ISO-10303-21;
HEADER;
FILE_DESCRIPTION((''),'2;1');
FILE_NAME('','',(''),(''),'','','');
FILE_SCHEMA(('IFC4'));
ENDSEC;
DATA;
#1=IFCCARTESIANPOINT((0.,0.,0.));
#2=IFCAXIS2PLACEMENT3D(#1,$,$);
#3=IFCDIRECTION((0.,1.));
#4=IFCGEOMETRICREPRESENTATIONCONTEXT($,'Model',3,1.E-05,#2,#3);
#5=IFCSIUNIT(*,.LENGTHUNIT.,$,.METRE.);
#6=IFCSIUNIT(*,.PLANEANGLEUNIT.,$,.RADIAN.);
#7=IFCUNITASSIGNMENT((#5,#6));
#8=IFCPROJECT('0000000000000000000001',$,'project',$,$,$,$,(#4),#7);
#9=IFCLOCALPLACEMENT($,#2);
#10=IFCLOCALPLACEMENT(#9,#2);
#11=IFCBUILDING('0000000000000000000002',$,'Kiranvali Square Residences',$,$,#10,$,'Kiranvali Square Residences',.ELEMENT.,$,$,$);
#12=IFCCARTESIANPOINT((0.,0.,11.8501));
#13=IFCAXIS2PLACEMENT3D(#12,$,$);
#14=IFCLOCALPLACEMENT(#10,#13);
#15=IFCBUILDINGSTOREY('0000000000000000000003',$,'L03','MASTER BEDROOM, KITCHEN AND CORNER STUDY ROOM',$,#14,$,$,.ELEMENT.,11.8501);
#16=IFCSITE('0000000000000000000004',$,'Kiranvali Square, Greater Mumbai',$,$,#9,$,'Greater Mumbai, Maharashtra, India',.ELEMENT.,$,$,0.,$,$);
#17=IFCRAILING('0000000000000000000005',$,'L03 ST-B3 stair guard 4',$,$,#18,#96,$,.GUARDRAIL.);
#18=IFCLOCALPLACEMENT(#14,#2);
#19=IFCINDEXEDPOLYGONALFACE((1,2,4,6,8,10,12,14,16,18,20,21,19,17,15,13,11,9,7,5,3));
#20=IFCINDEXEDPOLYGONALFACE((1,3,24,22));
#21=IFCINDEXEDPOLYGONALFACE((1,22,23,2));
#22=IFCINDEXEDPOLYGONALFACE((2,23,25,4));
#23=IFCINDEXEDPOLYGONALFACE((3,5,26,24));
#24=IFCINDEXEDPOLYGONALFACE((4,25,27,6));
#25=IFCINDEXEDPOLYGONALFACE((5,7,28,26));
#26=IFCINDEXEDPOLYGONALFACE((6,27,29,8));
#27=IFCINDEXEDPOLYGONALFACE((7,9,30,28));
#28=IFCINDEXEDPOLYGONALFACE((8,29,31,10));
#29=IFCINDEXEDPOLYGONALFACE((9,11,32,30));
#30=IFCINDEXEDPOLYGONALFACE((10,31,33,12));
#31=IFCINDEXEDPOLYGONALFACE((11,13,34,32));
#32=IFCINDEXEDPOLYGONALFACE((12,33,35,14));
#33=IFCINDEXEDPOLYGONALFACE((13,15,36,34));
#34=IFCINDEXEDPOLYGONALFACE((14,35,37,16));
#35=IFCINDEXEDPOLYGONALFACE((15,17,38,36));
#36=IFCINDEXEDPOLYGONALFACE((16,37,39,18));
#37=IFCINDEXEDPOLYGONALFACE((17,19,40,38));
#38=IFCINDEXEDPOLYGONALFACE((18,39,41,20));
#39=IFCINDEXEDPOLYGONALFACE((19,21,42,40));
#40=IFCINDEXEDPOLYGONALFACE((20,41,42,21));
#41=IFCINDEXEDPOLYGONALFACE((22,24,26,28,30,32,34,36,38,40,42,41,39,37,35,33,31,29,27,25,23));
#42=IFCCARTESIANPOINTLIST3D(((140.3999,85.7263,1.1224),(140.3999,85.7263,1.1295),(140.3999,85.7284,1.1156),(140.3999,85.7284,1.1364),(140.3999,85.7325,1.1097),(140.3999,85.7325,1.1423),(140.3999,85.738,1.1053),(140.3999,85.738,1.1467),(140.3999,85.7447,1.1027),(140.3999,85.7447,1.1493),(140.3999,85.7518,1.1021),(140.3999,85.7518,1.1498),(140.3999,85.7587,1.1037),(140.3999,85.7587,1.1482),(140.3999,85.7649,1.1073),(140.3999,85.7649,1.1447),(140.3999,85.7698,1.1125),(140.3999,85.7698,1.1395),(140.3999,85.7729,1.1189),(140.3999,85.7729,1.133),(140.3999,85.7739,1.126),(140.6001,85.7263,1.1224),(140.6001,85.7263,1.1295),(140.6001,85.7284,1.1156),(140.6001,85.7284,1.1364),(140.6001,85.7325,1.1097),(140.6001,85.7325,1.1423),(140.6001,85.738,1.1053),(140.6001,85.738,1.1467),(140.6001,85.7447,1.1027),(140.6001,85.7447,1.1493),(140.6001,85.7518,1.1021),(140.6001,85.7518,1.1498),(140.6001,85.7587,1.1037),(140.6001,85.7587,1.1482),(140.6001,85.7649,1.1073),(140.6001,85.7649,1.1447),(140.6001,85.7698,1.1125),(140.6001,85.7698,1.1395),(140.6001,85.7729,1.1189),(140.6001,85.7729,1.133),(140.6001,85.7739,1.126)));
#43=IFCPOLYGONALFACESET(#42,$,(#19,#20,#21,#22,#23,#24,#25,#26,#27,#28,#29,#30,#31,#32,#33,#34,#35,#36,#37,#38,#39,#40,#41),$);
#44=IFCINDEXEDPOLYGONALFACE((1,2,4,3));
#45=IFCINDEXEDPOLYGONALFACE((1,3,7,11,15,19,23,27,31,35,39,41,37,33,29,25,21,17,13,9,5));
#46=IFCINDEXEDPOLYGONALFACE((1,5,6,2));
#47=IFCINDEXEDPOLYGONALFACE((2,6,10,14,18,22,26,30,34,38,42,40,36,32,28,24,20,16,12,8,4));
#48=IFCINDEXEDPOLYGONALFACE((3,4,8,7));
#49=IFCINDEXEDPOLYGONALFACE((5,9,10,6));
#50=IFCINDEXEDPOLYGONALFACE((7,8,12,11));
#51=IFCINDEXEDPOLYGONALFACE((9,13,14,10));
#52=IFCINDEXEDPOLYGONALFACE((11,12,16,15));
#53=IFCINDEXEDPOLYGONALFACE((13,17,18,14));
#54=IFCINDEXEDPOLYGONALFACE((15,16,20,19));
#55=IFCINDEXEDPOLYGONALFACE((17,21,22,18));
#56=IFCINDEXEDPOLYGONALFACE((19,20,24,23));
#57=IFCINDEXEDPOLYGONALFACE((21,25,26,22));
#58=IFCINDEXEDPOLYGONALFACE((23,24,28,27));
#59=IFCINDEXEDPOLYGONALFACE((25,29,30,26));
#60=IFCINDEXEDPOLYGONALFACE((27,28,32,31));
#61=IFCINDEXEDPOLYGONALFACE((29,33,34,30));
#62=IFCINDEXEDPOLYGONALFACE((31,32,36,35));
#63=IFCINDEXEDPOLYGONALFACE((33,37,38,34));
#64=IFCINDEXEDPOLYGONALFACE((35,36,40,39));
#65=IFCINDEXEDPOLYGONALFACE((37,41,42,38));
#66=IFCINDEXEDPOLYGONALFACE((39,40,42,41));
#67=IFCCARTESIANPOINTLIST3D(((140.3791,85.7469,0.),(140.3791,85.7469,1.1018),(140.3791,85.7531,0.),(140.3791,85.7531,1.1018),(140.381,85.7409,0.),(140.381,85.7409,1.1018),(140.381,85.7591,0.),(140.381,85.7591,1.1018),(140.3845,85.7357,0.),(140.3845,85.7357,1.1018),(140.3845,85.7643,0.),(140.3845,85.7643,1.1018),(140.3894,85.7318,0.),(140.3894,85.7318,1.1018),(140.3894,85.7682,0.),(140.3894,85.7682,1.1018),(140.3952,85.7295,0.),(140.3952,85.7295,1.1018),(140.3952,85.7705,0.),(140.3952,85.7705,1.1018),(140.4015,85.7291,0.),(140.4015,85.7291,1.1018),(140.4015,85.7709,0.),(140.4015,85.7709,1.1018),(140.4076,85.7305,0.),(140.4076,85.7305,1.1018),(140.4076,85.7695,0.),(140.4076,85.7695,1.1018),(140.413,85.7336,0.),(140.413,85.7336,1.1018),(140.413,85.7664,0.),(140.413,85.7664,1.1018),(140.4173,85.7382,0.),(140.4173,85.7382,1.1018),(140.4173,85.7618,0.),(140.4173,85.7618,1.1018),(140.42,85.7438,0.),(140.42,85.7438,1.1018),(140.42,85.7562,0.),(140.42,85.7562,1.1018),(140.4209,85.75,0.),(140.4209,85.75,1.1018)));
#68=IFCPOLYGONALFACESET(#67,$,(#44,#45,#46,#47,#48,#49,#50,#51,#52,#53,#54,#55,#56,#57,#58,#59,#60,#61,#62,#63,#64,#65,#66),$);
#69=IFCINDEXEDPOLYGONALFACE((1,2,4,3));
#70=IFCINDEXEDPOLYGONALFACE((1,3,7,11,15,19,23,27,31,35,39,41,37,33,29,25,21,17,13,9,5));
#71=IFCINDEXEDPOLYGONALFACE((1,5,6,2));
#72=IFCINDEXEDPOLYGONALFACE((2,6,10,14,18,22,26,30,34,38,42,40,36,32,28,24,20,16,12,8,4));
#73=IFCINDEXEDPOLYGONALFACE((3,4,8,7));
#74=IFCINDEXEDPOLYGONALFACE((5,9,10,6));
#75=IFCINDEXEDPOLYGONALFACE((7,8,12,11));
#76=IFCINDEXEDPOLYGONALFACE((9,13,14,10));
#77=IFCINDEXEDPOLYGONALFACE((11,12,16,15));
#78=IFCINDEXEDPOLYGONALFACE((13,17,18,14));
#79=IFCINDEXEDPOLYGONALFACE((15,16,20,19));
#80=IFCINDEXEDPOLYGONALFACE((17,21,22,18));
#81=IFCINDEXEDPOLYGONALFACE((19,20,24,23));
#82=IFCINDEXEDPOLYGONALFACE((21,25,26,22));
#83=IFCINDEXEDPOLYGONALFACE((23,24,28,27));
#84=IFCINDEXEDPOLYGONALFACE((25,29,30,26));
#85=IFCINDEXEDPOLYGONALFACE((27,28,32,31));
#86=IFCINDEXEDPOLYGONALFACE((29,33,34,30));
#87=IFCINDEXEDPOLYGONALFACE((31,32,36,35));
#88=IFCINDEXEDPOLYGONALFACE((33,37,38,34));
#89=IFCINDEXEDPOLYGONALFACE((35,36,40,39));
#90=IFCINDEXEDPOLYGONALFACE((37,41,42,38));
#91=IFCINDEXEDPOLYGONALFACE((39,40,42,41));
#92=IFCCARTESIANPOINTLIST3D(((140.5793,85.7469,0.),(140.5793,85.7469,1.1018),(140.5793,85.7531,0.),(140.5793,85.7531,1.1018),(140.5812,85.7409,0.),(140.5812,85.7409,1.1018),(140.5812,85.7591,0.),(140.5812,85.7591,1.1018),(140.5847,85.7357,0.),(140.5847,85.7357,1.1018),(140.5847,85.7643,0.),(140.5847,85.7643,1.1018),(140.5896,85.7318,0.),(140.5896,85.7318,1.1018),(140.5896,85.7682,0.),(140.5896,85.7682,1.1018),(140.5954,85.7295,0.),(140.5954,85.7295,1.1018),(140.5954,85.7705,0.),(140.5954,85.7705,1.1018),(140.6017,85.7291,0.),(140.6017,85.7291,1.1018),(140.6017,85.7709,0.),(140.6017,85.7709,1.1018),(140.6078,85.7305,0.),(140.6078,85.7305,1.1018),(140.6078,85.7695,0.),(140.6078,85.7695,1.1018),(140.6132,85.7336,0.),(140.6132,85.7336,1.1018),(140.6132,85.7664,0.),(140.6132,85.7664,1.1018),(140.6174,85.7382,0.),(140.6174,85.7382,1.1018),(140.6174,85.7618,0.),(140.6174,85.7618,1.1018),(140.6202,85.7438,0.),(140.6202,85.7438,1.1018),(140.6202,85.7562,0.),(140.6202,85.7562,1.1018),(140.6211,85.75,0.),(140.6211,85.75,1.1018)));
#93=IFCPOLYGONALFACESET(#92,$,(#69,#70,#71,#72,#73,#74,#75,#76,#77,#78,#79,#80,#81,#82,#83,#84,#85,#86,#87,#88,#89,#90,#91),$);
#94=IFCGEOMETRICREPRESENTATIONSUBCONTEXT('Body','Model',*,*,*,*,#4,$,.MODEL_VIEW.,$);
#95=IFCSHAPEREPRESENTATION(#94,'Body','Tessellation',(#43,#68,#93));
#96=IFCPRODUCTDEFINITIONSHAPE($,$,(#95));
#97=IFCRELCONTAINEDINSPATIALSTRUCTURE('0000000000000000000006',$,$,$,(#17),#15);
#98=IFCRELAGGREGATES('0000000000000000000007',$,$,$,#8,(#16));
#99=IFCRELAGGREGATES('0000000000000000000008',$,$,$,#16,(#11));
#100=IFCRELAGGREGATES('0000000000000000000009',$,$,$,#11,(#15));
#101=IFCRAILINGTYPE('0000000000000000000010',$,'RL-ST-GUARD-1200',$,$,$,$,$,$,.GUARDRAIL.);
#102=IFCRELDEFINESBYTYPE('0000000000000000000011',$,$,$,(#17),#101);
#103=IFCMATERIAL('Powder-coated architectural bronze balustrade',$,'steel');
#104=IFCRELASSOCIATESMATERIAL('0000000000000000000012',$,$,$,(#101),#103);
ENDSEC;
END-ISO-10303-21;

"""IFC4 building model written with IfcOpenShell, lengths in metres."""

from ifc_helpers import new_model, si_unit, direction, frame, origin, origin_2d, place, context, subcontext, project, spatial, circle, extrude, material, type_object, element, save


model = new_model("IFC4")

# Units and contexts
model_context = context("Model", 3, precision=1e-05, world=origin(), true_north=direction((0.0, 1.0)))
body_context = subcontext(model_context, "Body", "Model", "MODEL_VIEW")
ifc_project = project(units=[si_unit("LENGTHUNIT", "METRE"), si_unit("PLANEANGLEUNIT", "RADIAN")], contexts=[model_context])

# Site, building, storey
site_placement = place(None, origin())
site = spatial("IfcSite", under=ifc_project, at=site_placement, Name="Kiranvali Square, Greater Mumbai", LongName="Greater Mumbai, Maharashtra, India", CompositionType="ELEMENT", RefElevation=0.0)
building_placement = place(site_placement, origin())
building = spatial("IfcBuilding", under=site, at=building_placement, Name="Kiranvali Square Residences", LongName="Kiranvali Square Residences", CompositionType="ELEMENT")
storey_placement = place(building_placement, frame((0.0, 0.0, 11.8501)))
storey = spatial("IfcBuildingStorey", under=building, at=storey_placement, Name="L03", Description="MASTER BEDROOM, KITCHEN AND CORNER STUDY ROOM", CompositionType="ELEMENT", Elevation=11.8501)

# Railing
ifc_material_1 = material(Name="Powder-coated architectural bronze balustrade", Category="steel")
railing_type_1 = type_object("IfcRailingType", Name="RL-ST-GUARD-1200", PredefinedType="GUARDRAIL", material=ifc_material_1)
railing_1_placement = place(storey_placement, frame((140.3999, 85.75, 0.0)))
element("IfcRailing", 1, at=railing_1_placement, inside=storey, type_object=railing_type_1, Name="L03 ST-B3 stair guard 4", PredefinedType="GUARDRAIL", context=body_context, shape_type="SweptSolid", body=[
    extrude(circle(Radius=0.0239, at=origin_2d()), frame((0.0, 0.0, 1.126), z_axis=(1.0, 0.0, 0.0), x_axis=(0.0, 1.0, 0.0)), (0.0, 0.0, 1.0), 0.2002),
    extrude(circle(Radius=0.021, at=origin_2d()), origin(), (0.0, 0.0, 1.0), 1.1018),
    extrude(circle(Radius=0.021, at=origin_2d()), frame((0.2002, 0.0, 0.0)), (0.0, 0.0, 1.0), 1.1018),
])

save(model, "model.ifc")
